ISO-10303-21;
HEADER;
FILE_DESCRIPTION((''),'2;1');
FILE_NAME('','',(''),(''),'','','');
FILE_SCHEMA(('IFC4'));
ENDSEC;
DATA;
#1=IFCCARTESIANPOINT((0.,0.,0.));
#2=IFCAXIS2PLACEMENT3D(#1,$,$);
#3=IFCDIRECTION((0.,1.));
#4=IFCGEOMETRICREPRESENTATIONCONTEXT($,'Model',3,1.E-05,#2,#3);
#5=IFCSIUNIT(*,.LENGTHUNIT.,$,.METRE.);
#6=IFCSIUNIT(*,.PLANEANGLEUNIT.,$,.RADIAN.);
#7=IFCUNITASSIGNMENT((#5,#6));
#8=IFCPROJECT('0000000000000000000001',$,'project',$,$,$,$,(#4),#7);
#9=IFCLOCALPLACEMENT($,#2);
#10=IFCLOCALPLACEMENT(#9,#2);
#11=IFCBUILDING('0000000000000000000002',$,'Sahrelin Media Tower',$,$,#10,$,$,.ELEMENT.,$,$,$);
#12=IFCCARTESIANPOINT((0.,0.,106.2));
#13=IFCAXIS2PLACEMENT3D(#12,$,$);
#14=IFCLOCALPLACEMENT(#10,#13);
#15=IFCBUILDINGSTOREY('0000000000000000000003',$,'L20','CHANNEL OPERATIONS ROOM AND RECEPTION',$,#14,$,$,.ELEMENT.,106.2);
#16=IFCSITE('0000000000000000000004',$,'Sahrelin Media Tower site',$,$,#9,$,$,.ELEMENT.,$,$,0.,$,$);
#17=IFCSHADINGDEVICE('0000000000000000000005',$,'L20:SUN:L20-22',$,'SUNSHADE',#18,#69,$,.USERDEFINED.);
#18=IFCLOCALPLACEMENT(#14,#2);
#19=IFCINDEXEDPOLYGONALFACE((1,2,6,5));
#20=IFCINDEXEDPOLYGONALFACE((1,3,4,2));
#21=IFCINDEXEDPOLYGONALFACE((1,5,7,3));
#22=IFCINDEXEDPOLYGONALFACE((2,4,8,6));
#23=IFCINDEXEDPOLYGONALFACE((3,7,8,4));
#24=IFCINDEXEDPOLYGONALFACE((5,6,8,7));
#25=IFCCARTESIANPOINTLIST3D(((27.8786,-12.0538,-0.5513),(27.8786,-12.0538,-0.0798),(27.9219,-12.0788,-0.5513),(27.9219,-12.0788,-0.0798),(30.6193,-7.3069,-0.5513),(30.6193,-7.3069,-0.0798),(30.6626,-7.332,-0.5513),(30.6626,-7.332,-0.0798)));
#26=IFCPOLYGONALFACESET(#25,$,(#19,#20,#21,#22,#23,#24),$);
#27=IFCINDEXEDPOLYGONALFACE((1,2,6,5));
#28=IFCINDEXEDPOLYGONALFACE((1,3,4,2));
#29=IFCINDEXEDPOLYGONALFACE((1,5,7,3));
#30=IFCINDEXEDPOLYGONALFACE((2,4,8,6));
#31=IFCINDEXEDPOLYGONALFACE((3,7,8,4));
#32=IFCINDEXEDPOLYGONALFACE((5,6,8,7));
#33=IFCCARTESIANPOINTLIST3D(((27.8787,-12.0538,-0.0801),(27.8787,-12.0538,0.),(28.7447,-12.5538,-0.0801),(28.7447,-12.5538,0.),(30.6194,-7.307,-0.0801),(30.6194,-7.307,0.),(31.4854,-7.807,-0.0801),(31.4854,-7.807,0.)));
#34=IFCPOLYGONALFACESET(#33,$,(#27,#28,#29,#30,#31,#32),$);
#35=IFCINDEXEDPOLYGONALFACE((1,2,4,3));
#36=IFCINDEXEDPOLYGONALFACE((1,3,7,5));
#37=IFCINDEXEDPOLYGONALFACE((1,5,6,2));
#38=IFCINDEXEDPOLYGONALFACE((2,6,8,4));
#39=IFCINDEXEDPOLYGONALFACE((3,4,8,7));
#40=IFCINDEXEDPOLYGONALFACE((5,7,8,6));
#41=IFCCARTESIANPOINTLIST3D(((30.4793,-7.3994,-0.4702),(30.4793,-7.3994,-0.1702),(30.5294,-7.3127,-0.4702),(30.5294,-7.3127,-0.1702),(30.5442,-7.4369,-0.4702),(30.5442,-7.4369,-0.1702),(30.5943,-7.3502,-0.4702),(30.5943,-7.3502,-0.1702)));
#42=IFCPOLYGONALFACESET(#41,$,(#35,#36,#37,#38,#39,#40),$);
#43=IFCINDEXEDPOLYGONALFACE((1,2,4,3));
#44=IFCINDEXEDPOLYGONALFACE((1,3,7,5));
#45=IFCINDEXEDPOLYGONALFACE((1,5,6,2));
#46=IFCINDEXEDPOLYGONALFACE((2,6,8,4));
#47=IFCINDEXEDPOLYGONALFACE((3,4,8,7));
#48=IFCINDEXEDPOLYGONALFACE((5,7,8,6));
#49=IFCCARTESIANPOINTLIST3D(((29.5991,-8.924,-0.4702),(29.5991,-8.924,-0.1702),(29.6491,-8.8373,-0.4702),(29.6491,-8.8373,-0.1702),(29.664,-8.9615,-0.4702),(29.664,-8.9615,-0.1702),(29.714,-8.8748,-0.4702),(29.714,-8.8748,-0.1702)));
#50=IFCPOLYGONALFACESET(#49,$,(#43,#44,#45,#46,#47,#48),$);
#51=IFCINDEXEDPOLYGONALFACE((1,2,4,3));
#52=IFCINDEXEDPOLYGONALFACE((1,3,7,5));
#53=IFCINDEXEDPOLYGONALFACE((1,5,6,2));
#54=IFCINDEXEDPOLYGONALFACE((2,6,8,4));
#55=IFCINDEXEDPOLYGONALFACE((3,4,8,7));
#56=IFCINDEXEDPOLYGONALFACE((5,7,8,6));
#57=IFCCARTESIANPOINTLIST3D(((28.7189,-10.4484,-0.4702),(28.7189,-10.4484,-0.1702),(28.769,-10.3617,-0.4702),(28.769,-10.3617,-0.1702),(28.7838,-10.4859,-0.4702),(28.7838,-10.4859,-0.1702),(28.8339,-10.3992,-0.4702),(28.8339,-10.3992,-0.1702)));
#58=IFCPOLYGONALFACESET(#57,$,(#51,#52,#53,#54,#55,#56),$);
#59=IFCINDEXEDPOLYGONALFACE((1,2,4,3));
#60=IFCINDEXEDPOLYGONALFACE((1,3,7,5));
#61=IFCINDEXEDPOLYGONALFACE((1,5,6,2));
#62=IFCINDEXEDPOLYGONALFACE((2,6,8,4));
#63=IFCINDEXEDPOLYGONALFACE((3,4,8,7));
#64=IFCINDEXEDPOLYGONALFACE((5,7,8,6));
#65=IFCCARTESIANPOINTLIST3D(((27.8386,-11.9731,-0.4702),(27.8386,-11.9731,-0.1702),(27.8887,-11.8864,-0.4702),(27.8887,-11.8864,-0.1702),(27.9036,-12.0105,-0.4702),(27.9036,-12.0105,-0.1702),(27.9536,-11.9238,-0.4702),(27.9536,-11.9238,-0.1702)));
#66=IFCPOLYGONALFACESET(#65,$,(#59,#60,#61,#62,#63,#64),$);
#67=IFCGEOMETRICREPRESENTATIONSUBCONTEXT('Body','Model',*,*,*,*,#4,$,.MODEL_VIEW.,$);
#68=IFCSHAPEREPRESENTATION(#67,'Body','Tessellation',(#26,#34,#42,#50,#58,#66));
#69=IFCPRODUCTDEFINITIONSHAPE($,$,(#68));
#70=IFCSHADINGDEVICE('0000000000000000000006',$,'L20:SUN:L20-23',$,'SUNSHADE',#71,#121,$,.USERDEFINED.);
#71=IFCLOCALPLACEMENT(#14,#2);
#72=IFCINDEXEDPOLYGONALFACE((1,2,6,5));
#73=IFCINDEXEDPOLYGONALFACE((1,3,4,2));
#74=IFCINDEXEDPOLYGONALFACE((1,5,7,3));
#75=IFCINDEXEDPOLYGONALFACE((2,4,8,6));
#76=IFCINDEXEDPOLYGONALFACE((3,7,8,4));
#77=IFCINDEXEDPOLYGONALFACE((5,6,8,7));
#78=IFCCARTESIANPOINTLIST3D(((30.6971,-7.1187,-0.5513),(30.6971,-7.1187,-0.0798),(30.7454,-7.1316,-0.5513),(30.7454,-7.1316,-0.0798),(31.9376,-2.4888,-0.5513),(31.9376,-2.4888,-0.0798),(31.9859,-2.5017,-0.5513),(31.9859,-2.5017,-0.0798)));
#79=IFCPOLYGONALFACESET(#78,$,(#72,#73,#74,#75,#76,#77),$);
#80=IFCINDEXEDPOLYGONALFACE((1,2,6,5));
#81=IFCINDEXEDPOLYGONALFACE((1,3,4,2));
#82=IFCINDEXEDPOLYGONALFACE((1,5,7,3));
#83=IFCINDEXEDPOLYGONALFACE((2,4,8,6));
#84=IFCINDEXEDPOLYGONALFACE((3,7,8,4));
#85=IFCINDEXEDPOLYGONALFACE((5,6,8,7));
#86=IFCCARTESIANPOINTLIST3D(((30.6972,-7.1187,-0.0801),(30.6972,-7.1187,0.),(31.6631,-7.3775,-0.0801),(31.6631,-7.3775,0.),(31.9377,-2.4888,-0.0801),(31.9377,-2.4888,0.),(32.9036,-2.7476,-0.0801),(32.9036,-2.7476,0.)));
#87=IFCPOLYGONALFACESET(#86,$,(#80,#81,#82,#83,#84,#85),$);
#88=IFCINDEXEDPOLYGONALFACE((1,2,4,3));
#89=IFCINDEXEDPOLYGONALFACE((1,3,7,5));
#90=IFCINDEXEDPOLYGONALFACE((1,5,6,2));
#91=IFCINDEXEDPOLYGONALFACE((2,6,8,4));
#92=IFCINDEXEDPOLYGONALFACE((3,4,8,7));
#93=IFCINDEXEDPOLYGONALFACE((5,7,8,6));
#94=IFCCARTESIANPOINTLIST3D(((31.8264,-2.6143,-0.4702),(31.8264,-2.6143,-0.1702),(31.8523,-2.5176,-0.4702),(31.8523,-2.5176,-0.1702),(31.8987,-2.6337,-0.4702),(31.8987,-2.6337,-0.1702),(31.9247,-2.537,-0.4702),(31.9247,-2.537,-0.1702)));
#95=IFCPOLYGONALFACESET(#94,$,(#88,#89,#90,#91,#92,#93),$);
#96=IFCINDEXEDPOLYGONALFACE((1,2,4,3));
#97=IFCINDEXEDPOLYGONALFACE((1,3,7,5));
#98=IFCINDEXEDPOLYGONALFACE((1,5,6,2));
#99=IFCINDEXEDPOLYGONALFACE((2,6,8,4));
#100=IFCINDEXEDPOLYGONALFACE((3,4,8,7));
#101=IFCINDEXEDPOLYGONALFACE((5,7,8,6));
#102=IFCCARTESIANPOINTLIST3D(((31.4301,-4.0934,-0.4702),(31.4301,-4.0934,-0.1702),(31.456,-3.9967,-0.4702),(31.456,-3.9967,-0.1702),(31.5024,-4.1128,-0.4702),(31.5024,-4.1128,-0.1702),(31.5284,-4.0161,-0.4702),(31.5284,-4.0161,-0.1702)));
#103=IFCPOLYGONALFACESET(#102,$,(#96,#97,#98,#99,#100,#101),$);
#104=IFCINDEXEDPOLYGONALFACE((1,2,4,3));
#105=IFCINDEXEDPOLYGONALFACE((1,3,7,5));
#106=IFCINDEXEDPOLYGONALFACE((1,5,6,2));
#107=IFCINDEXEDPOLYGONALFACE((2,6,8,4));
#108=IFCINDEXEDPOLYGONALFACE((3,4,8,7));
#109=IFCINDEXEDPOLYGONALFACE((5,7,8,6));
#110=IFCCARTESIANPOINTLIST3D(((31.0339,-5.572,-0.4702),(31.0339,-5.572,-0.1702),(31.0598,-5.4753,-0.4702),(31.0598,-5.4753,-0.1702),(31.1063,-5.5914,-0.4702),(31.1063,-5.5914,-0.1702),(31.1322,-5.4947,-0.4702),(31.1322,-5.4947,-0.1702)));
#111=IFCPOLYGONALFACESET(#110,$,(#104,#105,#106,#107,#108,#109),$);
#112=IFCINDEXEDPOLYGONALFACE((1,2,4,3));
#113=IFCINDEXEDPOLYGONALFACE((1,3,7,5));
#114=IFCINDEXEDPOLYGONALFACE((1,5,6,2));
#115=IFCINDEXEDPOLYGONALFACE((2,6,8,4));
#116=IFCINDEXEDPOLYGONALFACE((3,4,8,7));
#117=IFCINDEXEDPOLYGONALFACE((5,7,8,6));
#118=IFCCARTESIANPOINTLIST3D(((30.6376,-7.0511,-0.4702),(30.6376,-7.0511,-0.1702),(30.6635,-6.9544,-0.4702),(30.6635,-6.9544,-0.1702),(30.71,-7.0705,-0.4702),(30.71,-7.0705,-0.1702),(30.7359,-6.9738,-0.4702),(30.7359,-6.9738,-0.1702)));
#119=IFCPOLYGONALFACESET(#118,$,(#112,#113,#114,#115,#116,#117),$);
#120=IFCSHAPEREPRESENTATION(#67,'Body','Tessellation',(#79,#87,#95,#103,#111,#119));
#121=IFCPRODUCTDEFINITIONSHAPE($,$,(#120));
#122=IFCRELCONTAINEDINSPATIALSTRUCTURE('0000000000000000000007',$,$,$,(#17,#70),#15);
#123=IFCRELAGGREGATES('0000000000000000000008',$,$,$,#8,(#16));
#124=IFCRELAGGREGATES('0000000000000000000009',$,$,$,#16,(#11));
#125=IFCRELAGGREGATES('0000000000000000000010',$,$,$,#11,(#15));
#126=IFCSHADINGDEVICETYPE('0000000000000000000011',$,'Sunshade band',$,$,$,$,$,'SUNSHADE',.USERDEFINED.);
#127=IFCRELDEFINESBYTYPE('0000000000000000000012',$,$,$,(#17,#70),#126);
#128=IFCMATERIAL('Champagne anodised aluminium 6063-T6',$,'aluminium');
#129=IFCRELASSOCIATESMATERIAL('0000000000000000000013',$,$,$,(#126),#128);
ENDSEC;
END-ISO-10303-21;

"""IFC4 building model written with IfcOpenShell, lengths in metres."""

from ifc_helpers import new_model, si_unit, direction, frame, origin, origin_2d, place, context, subcontext, project, spatial, rectangle, extrude, material, type_object, element, save


model = new_model("IFC4")

# Units and contexts
model_context = context("Model", 3, precision=1e-05, world=origin(), true_north=direction((0.0, 1.0)))
body_context = subcontext(model_context, "Body", "Model", "MODEL_VIEW")
ifc_project = project(units=[si_unit("LENGTHUNIT", "METRE"), si_unit("PLANEANGLEUNIT", "RADIAN")], contexts=[model_context])

# Site, building, storey
site_placement = place(None, origin())
site = spatial("IfcSite", under=ifc_project, at=site_placement, Name="Sahrelin Media Tower site", CompositionType="ELEMENT", RefElevation=0.0)
building_placement = place(site_placement, origin())
building = spatial("IfcBuilding", under=site, at=building_placement, Name="Sahrelin Media Tower", CompositionType="ELEMENT")
storey_placement = place(building_placement, frame((0.0, 0.0, 106.2)))
storey = spatial("IfcBuildingStorey", under=building, at=storey_placement, Name="L20", Description="CHANNEL OPERATIONS ROOM AND RECEPTION", CompositionType="ELEMENT", Elevation=106.2)

# Shared definitions
ifc_material_1 = material(Name="Champagne anodised aluminium 6063-T6", Category="aluminium")

# Shading devices
placement_1 = place(storey_placement, frame((29.2317, -9.6704, 0.0), z_axis=(0.0, 0.0, 1.0), x_axis=(-0.500011, -0.866019, 0.0)))
placement_2 = place(storey_placement, frame((31.2981, -4.7986, 0.0), z_axis=(0.0, 0.0, 1.0), x_axis=(-0.258808, -0.965929, 0.0)))
shading_device_type_1 = type_object("IfcShadingDeviceType", Name="Sunshade band", ElementType="SUNSHADE", PredefinedType="USERDEFINED", material=ifc_material_1)
element("IfcShadingDevice", 1, at=placement_1, inside=storey, type_object=shading_device_type_1, Name="L20:SUN:L20-22", ObjectType="SUNSHADE", PredefinedType="USERDEFINED", context=body_context, shape_type="SweptSolid", body=[
    extrude(rectangle(XDim=5.4812, YDim=0.05, at=origin_2d()), frame((0.0, 0.0449, -0.5513)), (0.0, 0.0, 1.0), 0.4714),
    extrude(rectangle(XDim=5.4812, YDim=1.0, at=origin_2d()), frame((0.0, 0.52, -0.0801)), (0.0, 0.0, 1.0), 0.0801),
    extrude(rectangle(XDim=0.1001, YDim=0.075, at=origin_2d()), frame((-2.6406, -0.0176, -0.4702)), (0.0, 0.0, 1.0), 0.3),
    extrude(rectangle(XDim=0.1001, YDim=0.075, at=origin_2d()), frame((-0.8801, -0.0176, -0.4702)), (0.0, 0.0, 1.0), 0.3),
    extrude(rectangle(XDim=0.1001, YDim=0.075, at=origin_2d()), frame((0.8801, -0.0176, -0.4702)), (0.0, 0.0, 1.0), 0.3),
    extrude(rectangle(XDim=0.1001, YDim=0.075, at=origin_2d()), frame((2.6406, -0.0176, -0.4702)), (0.0, 0.0, 1.0), 0.3),
])
element("IfcShadingDevice", 2, at=placement_2, inside=storey, type_object=shading_device_type_1, Name="L20:SUN:L20-23", ObjectType="SUNSHADE", PredefinedType="USERDEFINED", context=body_context, shape_type="SweptSolid", body=[
    extrude(rectangle(XDim=4.7932, YDim=0.05, at=origin_2d()), frame((0.0, 0.0449, -0.5513)), (0.0, 0.0, 1.0), 0.4714),
    extrude(rectangle(XDim=4.7932, YDim=1.0, at=origin_2d()), frame((0.0, 0.52, -0.0801)), (0.0, 0.0, 1.0), 0.0801),
    extrude(rectangle(XDim=0.1001, YDim=0.075, at=origin_2d()), frame((-2.2966, -0.0176, -0.4702)), (0.0, 0.0, 1.0), 0.3),
    extrude(rectangle(XDim=0.1001, YDim=0.075, at=origin_2d()), frame((-0.7654, -0.0176, -0.4702)), (0.0, 0.0, 1.0), 0.3),
    extrude(rectangle(XDim=0.1001, YDim=0.075, at=origin_2d()), frame((0.7654, -0.0176, -0.4702)), (0.0, 0.0, 1.0), 0.3),
    extrude(rectangle(XDim=0.1001, YDim=0.075, at=origin_2d()), frame((2.2966, -0.0176, -0.4702)), (0.0, 0.0, 1.0), 0.3),
])

save(model, "model.ifc")
